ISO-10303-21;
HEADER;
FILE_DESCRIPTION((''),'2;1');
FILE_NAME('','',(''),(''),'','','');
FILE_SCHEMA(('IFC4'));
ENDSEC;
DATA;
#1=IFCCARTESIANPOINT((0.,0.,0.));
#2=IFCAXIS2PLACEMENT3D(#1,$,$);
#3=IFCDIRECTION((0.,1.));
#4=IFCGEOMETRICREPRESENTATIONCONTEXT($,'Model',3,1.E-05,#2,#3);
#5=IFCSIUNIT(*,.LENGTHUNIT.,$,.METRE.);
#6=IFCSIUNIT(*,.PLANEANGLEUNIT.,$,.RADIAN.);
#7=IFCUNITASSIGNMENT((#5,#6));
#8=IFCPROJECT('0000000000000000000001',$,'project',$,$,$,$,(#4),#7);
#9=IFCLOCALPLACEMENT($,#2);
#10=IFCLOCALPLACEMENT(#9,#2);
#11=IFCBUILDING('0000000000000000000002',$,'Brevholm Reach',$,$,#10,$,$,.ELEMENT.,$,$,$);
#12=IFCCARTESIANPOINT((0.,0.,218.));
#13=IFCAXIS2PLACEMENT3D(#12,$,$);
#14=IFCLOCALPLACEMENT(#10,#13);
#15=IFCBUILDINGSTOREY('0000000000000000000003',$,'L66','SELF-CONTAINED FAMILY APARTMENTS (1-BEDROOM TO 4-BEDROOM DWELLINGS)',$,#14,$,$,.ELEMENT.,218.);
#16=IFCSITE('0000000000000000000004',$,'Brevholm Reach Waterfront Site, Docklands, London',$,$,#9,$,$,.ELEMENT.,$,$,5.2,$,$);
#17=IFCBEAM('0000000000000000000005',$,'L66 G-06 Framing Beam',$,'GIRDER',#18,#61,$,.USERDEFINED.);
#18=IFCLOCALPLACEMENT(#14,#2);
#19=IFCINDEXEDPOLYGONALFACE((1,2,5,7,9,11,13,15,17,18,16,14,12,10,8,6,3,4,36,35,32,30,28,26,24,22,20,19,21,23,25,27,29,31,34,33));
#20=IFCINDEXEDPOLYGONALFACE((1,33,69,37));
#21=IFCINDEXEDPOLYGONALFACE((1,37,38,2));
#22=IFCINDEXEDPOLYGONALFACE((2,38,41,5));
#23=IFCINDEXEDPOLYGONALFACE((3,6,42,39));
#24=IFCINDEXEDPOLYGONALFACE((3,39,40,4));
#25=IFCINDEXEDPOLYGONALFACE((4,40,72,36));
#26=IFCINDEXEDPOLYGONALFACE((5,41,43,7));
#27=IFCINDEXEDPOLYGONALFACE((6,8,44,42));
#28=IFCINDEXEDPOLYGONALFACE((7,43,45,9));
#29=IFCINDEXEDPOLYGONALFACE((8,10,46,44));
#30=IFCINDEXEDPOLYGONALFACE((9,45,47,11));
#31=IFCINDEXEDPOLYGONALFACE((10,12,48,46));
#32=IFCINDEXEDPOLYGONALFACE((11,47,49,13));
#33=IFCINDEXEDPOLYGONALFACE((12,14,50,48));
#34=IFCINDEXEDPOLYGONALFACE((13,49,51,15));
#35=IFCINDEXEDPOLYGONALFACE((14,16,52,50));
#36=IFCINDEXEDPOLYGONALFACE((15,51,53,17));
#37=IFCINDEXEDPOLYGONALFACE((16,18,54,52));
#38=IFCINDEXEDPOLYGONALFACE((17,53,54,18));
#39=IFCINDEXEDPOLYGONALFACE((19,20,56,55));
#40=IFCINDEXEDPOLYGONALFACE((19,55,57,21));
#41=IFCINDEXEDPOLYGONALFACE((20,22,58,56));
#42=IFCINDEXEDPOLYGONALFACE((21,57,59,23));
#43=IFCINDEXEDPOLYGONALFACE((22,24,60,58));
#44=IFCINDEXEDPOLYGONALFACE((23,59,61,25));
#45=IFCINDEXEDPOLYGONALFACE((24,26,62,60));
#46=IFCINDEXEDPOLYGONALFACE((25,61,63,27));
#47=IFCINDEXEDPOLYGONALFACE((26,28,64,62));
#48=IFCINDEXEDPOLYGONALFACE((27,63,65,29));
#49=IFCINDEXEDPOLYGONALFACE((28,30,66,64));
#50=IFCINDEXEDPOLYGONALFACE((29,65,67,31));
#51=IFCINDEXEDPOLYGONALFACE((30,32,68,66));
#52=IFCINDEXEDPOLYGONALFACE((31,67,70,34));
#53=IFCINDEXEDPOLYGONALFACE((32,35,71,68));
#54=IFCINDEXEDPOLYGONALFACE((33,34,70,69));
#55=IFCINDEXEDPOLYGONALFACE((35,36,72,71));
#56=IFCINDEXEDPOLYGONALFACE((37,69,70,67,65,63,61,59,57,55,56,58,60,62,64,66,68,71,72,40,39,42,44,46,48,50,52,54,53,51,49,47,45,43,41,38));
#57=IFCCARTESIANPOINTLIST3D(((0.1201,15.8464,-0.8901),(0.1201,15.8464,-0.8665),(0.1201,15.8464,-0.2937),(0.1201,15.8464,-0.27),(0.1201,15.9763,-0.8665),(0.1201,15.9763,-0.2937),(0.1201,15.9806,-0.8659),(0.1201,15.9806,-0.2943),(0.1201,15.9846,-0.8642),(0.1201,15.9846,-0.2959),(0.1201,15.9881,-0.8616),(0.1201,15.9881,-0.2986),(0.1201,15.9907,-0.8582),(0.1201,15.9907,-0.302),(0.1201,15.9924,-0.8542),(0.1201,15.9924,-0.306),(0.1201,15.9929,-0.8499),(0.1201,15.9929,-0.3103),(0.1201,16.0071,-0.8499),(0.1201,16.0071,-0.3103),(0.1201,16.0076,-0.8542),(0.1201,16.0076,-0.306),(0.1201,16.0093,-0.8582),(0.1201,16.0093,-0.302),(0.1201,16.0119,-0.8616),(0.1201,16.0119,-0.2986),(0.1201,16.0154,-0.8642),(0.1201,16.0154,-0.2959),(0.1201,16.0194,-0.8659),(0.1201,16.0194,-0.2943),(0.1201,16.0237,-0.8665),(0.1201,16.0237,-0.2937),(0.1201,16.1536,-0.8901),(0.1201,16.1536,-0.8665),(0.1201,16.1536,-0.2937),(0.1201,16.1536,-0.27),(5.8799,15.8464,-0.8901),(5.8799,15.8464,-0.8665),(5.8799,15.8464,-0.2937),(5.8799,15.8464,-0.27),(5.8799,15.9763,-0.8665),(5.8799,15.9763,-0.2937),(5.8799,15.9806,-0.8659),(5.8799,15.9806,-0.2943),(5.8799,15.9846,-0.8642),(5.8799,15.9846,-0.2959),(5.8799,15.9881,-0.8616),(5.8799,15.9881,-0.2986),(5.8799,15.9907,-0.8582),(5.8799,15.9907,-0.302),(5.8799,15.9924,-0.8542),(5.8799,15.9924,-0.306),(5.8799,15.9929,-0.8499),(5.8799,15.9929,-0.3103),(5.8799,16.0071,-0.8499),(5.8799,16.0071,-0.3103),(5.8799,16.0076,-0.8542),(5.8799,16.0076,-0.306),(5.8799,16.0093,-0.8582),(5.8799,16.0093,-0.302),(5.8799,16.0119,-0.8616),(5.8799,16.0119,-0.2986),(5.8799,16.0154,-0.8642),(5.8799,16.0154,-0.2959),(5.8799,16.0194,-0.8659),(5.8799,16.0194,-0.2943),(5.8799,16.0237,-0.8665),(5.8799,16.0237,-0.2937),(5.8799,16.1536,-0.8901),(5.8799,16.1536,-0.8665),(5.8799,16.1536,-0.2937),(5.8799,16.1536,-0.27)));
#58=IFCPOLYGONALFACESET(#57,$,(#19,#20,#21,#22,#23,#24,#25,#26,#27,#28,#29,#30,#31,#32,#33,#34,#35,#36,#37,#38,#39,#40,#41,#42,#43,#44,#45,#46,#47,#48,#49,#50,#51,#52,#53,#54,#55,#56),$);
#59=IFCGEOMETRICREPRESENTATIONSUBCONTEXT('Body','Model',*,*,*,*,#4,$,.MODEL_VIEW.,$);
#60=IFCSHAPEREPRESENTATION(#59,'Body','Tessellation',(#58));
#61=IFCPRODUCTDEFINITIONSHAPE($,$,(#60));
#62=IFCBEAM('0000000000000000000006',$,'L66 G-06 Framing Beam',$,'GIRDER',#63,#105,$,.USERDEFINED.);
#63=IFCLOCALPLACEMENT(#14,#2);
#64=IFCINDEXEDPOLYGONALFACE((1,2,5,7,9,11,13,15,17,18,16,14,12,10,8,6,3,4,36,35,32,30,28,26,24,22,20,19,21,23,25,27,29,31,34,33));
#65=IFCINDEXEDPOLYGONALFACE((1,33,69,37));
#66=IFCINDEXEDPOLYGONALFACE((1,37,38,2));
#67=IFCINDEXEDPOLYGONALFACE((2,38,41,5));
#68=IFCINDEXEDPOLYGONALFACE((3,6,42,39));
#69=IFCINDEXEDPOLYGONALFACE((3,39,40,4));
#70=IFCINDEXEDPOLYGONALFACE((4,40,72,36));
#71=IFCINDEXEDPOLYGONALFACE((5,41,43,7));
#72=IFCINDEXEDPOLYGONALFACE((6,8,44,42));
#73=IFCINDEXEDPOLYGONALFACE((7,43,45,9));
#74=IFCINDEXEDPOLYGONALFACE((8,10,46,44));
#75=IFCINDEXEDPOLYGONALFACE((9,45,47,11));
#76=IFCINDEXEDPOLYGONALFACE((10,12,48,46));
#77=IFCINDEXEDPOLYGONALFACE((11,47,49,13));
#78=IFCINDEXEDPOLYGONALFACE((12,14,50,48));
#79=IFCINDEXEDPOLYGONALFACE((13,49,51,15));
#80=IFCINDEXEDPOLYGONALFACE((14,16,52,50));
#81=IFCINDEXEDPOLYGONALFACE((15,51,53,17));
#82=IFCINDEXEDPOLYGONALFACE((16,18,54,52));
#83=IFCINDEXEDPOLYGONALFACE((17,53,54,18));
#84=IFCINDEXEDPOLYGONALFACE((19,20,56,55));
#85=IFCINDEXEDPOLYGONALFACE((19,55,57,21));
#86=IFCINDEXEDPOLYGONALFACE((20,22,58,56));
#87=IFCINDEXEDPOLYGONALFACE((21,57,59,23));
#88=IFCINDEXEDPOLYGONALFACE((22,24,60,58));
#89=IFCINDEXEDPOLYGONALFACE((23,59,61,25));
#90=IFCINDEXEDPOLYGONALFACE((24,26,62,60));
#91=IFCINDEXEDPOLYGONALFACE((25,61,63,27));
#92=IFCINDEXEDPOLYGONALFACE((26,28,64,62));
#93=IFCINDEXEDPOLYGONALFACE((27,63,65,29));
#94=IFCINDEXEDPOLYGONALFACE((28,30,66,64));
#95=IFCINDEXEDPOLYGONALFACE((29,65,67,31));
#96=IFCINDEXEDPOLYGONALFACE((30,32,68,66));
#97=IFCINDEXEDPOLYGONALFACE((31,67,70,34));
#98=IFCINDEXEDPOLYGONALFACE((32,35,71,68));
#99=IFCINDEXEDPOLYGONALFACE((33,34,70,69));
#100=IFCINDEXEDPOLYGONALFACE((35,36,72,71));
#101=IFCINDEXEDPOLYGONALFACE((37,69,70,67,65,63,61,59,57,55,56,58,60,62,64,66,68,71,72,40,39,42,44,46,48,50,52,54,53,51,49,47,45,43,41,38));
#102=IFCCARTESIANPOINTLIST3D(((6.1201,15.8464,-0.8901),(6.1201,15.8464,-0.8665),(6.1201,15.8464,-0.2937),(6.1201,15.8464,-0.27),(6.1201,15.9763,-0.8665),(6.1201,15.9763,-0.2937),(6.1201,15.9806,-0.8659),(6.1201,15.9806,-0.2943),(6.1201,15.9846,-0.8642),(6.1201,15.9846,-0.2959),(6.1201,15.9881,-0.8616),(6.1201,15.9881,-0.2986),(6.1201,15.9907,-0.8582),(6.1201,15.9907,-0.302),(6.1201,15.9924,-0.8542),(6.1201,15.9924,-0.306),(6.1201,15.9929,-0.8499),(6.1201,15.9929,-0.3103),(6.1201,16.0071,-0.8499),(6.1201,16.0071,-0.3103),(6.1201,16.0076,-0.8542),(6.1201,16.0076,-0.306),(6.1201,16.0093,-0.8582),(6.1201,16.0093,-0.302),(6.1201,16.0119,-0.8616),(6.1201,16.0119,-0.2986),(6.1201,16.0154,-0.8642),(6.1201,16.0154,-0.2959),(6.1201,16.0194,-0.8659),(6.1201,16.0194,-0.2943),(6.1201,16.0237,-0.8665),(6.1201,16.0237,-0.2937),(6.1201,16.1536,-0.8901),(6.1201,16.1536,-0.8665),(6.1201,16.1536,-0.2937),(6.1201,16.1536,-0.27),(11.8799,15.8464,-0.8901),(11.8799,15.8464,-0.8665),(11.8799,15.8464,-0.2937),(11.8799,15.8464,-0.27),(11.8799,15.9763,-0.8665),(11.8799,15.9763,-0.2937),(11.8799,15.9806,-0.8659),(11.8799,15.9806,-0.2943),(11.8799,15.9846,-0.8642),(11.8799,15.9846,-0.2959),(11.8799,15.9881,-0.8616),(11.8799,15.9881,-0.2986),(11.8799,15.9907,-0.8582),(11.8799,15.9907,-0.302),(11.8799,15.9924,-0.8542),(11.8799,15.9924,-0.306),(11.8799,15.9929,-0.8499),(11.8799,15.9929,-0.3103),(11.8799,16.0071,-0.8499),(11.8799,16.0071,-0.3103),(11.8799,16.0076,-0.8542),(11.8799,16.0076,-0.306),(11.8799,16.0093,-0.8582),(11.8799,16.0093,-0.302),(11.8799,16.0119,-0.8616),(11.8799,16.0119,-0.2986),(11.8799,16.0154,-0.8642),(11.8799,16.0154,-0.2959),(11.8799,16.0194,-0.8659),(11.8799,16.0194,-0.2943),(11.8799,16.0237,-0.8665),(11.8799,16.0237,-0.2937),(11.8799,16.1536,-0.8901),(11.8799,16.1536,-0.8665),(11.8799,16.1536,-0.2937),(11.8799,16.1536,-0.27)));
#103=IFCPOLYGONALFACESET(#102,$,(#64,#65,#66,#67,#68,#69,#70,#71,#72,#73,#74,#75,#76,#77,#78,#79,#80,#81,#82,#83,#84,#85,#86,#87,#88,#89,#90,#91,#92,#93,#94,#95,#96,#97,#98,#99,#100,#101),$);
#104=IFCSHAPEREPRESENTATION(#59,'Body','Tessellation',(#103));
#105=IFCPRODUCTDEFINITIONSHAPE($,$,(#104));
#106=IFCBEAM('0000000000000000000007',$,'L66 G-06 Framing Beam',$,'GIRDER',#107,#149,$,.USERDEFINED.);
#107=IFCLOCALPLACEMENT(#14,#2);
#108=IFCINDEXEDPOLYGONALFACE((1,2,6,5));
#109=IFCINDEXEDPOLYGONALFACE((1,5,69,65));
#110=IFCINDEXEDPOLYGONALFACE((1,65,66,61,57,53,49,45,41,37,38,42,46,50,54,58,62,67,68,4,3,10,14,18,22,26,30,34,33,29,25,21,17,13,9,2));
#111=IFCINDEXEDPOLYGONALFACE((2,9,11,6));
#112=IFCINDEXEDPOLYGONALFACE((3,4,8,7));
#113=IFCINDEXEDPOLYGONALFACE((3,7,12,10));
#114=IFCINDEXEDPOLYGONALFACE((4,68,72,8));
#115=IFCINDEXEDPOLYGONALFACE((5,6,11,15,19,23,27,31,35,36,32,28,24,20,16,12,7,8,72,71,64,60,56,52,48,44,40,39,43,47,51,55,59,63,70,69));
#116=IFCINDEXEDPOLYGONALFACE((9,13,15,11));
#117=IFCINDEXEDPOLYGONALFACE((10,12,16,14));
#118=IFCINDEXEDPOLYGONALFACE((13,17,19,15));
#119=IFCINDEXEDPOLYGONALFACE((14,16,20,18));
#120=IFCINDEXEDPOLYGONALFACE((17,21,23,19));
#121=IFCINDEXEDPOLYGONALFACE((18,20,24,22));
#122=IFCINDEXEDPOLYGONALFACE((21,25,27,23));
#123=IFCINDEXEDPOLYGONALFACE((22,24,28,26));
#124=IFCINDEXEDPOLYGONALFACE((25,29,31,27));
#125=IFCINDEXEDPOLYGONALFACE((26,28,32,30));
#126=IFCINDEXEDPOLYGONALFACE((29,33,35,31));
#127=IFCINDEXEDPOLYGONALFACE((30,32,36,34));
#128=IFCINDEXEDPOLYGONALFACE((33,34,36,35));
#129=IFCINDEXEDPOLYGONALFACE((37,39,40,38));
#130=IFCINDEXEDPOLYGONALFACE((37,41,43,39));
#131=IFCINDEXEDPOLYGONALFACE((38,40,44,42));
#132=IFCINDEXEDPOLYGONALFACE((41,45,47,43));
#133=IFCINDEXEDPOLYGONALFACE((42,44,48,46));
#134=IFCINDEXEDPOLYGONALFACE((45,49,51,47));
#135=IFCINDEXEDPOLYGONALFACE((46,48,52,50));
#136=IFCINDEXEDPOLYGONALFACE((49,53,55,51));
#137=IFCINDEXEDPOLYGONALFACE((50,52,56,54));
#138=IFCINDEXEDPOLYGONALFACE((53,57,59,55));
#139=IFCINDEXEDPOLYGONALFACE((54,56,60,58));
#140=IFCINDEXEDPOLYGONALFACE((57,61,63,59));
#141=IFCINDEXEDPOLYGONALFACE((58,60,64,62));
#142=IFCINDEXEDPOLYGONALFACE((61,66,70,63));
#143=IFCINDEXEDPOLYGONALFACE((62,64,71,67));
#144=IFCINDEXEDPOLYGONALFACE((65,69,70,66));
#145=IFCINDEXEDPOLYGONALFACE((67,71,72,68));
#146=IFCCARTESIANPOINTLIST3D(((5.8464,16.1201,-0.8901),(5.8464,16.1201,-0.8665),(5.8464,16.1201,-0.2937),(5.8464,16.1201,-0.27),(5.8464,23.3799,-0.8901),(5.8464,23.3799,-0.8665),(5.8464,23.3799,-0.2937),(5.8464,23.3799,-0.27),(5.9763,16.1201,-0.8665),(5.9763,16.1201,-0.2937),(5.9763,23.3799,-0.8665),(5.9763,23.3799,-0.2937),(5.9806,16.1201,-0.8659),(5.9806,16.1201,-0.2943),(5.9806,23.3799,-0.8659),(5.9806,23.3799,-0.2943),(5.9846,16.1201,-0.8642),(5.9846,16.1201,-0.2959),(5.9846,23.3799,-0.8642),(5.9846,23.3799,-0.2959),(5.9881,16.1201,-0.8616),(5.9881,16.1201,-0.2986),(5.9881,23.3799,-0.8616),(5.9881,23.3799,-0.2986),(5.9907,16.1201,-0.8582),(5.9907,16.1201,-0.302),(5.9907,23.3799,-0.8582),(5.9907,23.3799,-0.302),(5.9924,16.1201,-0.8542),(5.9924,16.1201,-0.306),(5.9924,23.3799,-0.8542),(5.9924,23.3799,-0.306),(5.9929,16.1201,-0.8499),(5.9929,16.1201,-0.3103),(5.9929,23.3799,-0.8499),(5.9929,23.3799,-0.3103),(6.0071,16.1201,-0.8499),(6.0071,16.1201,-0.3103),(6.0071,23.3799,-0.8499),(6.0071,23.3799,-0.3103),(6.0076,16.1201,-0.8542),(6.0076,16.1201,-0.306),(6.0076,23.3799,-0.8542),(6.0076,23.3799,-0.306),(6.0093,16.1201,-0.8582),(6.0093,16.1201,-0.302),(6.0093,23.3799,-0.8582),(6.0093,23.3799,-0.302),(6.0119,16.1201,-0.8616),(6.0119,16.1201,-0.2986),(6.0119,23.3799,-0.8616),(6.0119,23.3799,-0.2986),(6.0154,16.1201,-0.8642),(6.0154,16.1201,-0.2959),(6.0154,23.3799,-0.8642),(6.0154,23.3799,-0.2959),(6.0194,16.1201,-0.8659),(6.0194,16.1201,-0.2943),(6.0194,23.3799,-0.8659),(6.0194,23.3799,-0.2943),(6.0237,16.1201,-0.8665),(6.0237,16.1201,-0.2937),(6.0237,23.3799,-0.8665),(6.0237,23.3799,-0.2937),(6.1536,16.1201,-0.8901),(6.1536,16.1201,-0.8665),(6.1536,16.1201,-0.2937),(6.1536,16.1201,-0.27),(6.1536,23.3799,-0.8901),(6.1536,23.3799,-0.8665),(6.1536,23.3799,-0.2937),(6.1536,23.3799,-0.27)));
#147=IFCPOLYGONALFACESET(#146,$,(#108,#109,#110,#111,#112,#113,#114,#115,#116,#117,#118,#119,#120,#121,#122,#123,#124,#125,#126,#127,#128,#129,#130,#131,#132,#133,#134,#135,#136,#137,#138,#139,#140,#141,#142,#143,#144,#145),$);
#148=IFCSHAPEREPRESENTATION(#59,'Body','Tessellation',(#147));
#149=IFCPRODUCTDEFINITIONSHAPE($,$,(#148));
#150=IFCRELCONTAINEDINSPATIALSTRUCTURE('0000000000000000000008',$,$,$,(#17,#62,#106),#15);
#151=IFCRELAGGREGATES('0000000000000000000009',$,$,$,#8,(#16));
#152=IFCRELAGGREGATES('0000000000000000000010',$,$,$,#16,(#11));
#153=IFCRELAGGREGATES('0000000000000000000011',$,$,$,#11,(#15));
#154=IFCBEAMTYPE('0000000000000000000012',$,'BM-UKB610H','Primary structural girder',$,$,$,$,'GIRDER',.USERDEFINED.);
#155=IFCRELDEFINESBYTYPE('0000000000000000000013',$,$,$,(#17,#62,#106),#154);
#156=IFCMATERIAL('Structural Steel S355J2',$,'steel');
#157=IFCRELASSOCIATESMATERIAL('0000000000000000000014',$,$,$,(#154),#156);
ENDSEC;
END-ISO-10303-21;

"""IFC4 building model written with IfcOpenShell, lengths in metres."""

from ifc_helpers import new_model, si_unit, direction, frame, origin, origin_2d, place, context, subcontext, project, spatial, i_section, extrude, material, material_profile, profile_set, type_object, element, save


model = new_model("IFC4")

# Units and contexts
model_context = context("Model", 3, precision=1e-05, world=origin(), true_north=direction((0.0, 1.0)))
body_context = subcontext(model_context, "Body", "Model", "MODEL_VIEW")
ifc_project = project(units=[si_unit("LENGTHUNIT", "METRE"), si_unit("PLANEANGLEUNIT", "RADIAN")], contexts=[model_context])

# Site, building, storey
site_placement = place(None, origin())
site = spatial("IfcSite", under=ifc_project, at=site_placement, Name="Brevholm Reach Waterfront Site, Docklands, London", CompositionType="ELEMENT", RefElevation=5.2)
building_placement = place(site_placement, origin())
building = spatial("IfcBuilding", under=site, at=building_placement, Name="Brevholm Reach", CompositionType="ELEMENT")
storey_placement = place(building_placement, frame((0.0, 0.0, 218.0)))
storey = spatial("IfcBuildingStorey", under=building, at=storey_placement, Name="L66", Description="SELF-CONTAINED FAMILY APARTMENTS (1-BEDROOM TO 4-BEDROOM DWELLINGS)", CompositionType="ELEMENT", Elevation=218.0)

# Beams
ifc_material_1 = material(Name="Structural Steel S355J2", Category="steel")
ifc_material_profile_1 = material_profile(ifc_material_1, i_section(OverallWidth=0.3071, OverallDepth=0.6201, WebThickness=0.0142, FlangeThickness=0.0237, FilletRadius=0.0166, at=origin_2d()), Name="UKB 610x305x179")
ifc_profile_set_1 = profile_set([ifc_material_profile_1], Name="Structural Steel S355J2")
beam_type_1 = type_object("IfcBeamType", Name="BM-UKB610H", Description="Primary structural girder", ElementType="GIRDER", PredefinedType="USERDEFINED", material=ifc_profile_set_1)
for number, where, z_axis, x_axis, name in (
    (1, (0.1201, 16.0, -0.5801), (1.0, 0.0, 0.0), (0.0, 1.0, 0.0), "L66 G-06 Framing Beam"),
    (2, (6.1201, 16.0, -0.5801), (1.0, 0.0, 0.0), (0.0, 1.0, 0.0), "L66 G-06 Framing Beam"),
):
    element("IfcBeam", number, at=place(storey_placement, frame(where, z_axis=z_axis, x_axis=x_axis)), inside=storey, type_object=beam_type_1, Name=name, ObjectType="GIRDER", PredefinedType="USERDEFINED", context=body_context, shape_type="SweptSolid", body=[
        extrude(i_section(OverallWidth=0.3071, OverallDepth=0.6201, WebThickness=0.0142, FlangeThickness=0.0237, FilletRadius=0.0166, at=origin_2d()), origin(), (0.0, 0.0, 1.0), 5.7598),
    ])
beam_1_placement = place(storey_placement, frame((6.0, 16.1201, -0.5801), z_axis=(0.0, 1.0, 0.0), x_axis=(-1.0, 0.0, 0.0)))
element("IfcBeam", 3, at=beam_1_placement, inside=storey, type_object=beam_type_1, Name="L66 G-06 Framing Beam", ObjectType="GIRDER", PredefinedType="USERDEFINED", context=body_context, shape_type="SweptSolid", body=[
    extrude(i_section(OverallWidth=0.3071, OverallDepth=0.6201, WebThickness=0.0142, FlangeThickness=0.0237, FilletRadius=0.0166, at=origin_2d()), origin(), (0.0, 0.0, 1.0), 7.2598),
])

save(model, "model.ifc")
